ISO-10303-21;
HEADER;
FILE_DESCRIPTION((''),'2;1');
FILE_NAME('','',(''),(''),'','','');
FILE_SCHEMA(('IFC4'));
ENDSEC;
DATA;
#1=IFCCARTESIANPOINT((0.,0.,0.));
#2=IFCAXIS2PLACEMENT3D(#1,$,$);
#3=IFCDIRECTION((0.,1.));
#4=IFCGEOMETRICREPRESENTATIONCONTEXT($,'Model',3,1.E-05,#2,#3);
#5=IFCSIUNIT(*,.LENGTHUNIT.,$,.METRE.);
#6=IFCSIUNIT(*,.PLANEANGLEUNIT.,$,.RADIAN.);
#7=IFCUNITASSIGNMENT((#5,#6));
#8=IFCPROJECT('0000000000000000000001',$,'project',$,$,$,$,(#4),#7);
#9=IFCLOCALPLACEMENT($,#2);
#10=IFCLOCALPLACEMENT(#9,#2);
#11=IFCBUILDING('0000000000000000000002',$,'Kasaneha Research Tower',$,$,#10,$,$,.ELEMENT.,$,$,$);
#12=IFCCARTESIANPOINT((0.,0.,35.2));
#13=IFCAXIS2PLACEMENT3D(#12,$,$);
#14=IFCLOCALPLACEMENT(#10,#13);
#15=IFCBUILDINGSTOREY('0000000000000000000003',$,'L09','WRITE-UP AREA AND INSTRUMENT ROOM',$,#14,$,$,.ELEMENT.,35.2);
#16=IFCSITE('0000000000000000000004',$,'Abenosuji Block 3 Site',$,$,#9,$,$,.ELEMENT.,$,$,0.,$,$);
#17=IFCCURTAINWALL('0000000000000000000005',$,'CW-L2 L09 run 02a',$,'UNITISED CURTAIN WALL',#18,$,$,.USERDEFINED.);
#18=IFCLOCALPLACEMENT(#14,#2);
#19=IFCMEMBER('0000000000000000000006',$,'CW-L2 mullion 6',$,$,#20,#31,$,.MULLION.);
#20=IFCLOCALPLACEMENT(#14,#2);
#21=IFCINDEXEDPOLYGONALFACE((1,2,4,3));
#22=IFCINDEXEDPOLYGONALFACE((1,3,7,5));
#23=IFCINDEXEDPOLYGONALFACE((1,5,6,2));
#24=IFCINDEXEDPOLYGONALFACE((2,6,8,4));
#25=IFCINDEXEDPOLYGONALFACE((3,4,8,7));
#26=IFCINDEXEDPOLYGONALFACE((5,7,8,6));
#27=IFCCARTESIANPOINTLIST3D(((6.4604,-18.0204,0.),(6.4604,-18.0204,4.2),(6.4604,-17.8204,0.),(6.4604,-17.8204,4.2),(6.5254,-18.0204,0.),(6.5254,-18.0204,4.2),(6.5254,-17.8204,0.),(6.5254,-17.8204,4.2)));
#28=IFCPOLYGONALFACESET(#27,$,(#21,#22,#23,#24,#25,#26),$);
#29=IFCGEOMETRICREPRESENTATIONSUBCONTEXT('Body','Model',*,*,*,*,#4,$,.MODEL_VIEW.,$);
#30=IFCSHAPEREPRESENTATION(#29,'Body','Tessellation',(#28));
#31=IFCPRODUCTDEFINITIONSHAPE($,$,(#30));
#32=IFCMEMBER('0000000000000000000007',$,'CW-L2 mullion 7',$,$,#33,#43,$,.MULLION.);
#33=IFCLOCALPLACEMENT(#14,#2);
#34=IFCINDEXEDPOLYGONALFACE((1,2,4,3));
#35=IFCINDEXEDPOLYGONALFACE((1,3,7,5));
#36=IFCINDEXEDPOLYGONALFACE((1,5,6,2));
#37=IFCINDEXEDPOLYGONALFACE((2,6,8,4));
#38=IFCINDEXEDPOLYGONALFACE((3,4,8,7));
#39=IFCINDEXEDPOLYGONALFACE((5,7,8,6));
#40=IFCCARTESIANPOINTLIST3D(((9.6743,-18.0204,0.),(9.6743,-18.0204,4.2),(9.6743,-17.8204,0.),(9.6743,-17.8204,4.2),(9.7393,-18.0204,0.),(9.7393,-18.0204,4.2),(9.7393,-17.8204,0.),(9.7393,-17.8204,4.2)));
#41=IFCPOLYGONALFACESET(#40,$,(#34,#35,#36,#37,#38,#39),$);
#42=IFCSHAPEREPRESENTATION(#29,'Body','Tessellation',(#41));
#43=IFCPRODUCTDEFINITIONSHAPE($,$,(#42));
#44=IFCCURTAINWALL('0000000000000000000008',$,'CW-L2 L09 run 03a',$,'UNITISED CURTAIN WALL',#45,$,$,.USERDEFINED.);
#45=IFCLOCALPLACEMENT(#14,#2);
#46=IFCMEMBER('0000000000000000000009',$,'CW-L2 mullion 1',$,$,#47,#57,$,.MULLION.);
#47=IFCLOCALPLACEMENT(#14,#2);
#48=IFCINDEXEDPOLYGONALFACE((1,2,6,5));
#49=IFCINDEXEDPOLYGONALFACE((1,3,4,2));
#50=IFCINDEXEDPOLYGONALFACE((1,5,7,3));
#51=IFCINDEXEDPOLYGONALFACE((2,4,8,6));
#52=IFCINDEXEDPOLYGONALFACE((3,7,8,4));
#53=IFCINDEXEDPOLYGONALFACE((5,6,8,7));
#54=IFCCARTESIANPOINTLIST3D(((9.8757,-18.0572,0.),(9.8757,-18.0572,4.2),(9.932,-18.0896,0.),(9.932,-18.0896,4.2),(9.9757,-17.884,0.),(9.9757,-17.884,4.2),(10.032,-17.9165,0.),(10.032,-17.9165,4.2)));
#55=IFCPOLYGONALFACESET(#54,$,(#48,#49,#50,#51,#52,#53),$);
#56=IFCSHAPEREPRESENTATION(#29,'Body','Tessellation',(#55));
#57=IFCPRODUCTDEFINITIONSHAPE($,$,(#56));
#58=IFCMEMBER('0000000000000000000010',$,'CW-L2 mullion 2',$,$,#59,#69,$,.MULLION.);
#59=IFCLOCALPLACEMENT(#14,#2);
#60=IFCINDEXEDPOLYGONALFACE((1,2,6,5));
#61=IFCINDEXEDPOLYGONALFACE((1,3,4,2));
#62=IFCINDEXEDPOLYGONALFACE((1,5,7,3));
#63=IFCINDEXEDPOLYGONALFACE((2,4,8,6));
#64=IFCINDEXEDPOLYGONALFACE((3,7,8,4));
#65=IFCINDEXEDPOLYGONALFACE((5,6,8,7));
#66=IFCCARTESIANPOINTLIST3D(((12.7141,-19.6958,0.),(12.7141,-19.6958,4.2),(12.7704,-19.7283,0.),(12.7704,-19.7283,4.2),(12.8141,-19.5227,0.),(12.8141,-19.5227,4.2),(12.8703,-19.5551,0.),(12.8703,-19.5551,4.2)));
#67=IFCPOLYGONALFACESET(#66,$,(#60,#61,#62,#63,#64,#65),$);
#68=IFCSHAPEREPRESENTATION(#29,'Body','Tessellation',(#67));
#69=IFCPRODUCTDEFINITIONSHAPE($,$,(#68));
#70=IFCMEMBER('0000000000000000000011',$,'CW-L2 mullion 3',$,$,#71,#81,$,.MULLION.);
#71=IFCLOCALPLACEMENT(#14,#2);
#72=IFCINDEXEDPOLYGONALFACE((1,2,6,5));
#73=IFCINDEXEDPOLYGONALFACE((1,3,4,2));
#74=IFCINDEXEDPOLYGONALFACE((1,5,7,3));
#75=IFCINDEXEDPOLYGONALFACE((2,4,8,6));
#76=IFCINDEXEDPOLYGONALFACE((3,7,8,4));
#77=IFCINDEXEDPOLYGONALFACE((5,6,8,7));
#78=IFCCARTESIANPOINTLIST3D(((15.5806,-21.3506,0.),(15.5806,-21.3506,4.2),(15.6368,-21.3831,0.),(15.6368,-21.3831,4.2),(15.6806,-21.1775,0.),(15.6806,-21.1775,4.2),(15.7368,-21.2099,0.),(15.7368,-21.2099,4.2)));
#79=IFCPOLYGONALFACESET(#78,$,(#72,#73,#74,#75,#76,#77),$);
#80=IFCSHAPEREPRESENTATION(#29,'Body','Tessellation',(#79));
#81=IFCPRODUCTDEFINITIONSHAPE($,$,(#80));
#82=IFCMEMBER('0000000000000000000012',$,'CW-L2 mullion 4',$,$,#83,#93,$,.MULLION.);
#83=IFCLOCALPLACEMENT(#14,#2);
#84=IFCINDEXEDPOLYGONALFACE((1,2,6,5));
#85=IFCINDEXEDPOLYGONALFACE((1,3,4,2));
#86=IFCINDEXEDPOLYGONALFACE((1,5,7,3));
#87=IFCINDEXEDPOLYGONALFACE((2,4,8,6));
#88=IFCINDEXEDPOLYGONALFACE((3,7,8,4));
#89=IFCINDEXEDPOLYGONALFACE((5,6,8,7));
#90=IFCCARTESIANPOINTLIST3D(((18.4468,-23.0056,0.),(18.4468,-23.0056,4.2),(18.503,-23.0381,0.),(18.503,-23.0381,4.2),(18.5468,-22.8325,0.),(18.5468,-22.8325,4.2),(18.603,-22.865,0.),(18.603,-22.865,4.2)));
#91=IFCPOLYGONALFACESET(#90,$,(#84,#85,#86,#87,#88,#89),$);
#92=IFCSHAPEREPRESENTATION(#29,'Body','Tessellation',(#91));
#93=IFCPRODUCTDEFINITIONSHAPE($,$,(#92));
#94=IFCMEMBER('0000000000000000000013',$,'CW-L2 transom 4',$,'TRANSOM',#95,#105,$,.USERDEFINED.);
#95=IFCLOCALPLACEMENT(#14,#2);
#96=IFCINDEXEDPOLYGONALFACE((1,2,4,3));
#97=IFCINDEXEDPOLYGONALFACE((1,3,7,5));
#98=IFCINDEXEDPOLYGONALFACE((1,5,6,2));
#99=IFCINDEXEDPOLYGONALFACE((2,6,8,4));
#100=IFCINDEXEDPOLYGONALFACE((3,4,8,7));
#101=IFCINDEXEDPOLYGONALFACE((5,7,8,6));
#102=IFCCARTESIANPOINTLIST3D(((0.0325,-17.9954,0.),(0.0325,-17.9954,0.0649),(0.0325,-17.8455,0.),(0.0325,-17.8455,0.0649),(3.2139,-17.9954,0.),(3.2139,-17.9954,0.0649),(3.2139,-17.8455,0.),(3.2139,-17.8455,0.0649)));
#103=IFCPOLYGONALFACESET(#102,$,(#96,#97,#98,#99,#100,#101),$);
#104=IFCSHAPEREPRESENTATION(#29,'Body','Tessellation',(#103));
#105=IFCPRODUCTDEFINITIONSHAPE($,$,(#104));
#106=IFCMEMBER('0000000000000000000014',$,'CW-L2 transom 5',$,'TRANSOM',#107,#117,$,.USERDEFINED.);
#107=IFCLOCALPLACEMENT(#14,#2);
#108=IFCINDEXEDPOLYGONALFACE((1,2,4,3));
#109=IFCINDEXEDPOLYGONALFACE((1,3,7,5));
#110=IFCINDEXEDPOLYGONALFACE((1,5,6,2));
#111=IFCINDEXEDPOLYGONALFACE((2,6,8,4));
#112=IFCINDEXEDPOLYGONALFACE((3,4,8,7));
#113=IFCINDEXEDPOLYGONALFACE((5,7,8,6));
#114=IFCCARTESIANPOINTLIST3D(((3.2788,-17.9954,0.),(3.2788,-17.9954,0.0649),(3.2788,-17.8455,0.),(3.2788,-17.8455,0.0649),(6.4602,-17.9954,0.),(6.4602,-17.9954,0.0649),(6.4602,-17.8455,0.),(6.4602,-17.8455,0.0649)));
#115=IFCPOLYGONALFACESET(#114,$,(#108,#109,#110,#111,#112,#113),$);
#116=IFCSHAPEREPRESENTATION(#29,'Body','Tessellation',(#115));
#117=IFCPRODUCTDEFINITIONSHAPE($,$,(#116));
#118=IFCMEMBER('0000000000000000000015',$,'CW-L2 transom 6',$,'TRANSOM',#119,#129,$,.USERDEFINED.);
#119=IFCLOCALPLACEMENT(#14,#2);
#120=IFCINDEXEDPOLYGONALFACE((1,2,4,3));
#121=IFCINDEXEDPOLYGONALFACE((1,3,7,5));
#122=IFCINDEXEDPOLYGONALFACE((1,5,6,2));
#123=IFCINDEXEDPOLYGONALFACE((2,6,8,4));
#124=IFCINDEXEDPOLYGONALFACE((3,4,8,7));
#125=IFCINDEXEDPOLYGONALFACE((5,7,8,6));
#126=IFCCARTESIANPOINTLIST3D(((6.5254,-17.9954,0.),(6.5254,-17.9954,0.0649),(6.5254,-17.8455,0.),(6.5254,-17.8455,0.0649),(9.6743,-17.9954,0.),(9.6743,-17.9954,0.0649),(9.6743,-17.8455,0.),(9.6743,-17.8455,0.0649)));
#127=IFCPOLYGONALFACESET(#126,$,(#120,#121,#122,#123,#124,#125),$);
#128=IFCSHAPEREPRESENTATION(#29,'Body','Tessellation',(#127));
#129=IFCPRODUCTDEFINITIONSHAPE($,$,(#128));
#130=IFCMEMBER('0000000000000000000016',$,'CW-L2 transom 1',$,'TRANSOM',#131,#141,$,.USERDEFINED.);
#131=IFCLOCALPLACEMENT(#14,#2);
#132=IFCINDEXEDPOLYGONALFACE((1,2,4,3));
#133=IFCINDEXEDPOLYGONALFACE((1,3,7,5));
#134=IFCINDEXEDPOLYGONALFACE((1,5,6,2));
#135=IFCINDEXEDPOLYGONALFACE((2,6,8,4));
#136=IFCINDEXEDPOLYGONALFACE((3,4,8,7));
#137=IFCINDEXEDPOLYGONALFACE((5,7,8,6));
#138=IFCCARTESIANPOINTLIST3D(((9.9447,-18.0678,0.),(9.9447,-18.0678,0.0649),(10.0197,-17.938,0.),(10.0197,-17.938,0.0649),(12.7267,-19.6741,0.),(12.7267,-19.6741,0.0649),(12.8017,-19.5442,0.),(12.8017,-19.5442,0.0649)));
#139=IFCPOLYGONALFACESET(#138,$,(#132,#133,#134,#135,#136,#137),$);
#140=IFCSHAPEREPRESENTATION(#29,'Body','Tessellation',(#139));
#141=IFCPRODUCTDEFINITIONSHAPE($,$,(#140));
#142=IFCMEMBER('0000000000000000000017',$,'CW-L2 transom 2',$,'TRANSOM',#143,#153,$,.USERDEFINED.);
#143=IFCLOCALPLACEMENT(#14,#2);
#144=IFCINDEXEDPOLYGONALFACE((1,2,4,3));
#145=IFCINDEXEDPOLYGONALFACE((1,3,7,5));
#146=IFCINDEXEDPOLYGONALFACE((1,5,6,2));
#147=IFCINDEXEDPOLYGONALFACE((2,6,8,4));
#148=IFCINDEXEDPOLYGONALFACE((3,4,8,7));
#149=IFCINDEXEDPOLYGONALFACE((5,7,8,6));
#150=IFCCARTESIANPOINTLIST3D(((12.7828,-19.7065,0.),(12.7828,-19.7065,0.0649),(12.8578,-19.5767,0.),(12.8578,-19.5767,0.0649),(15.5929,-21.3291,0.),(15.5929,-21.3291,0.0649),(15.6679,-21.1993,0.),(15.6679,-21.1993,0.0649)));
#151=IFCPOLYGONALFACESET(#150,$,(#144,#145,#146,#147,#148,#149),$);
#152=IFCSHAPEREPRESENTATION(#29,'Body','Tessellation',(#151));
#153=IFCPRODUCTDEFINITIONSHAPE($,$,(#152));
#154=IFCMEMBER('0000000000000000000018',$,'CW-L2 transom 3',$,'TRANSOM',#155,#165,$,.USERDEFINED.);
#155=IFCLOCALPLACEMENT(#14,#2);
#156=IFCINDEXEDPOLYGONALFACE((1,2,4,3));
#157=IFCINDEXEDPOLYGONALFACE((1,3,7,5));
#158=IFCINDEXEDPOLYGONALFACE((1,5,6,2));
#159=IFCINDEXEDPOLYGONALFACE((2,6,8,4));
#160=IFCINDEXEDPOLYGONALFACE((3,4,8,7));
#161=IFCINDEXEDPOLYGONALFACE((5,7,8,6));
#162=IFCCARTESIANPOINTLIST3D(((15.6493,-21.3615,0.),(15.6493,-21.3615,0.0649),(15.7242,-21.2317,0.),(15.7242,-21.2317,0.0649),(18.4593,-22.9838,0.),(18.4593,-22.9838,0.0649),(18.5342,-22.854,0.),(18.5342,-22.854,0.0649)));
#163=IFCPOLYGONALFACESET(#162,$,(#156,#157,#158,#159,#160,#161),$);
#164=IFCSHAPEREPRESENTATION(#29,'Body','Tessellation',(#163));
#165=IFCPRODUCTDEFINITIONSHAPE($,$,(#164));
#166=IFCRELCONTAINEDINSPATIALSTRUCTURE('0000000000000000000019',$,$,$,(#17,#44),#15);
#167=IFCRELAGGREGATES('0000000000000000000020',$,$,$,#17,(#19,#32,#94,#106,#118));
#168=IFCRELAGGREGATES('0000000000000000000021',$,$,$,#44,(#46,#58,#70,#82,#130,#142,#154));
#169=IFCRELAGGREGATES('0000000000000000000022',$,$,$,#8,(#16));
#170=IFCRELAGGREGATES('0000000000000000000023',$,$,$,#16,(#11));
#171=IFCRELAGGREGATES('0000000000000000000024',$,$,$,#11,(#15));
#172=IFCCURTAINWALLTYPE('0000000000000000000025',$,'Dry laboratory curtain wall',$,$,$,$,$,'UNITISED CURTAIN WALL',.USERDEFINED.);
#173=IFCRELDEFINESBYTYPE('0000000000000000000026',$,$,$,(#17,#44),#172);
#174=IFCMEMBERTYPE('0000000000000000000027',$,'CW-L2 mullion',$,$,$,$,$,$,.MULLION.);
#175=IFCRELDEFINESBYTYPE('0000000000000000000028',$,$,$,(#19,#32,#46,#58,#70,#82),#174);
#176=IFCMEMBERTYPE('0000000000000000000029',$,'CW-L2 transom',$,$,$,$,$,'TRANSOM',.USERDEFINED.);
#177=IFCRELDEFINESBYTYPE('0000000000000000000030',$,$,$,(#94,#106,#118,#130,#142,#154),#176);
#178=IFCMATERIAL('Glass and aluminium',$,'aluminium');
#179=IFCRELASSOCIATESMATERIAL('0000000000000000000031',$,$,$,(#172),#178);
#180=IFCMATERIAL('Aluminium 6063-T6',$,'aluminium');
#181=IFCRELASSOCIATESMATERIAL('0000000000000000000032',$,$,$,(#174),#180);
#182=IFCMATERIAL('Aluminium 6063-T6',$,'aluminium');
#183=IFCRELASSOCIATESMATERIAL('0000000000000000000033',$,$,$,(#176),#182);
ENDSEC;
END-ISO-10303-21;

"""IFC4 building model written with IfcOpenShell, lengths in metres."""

from ifc_helpers import new_model, si_unit, direction, frame, origin, origin_2d, place, context, subcontext, project, spatial, rectangle, extrude, material, material_profile, profile_set, type_object, element, aggregate, save


model = new_model("IFC4")

# Units and contexts
model_context = context("Model", 3, precision=1e-05, world=origin(), true_north=direction((0.0, 1.0)))
body_context = subcontext(model_context, "Body", "Model", "MODEL_VIEW")
ifc_project = project(units=[si_unit("LENGTHUNIT", "METRE"), si_unit("PLANEANGLEUNIT", "RADIAN")], contexts=[model_context])

# Site, building, storey
site_placement = place(None, origin())
site = spatial("IfcSite", under=ifc_project, at=site_placement, Name="Abenosuji Block 3 Site", CompositionType="ELEMENT", RefElevation=0.0)
building_placement = place(site_placement, origin())
building = spatial("IfcBuilding", under=site, at=building_placement, Name="Kasaneha Research Tower", CompositionType="ELEMENT")
storey_placement = place(building_placement, frame((0.0, 0.0, 35.2)))
storey = spatial("IfcBuildingStorey", under=building, at=storey_placement, Name="L09", Description="WRITE-UP AREA AND INSTRUMENT ROOM", CompositionType="ELEMENT", Elevation=35.2)

# Curtain walls, members
ifc_material_1 = material(Name="Glass and aluminium", Category="aluminium")
curtain_wall_type = type_object("IfcCurtainWallType", Name="Dry laboratory curtain wall", ElementType="UNITISED CURTAIN WALL", PredefinedType="USERDEFINED", material=ifc_material_1)
curtain_wall_1_placement = place(storey_placement, origin())
curtain_wall_1 = element("IfcCurtainWall", 1, at=curtain_wall_1_placement, inside=storey, type_object=curtain_wall_type, Name="CW-L2 L09 run 02a", ObjectType="UNITISED CURTAIN WALL", PredefinedType="USERDEFINED")
ifc_material_2 = material(Name="Aluminium 6063-T6", Category="aluminium")
ifc_material_profile_1 = material_profile(ifc_material_2, rectangle(XDim=0.0649, YDim=0.2, at=origin_2d()), Name="CW-L2 mullion 65x200")
ifc_profile_set_1 = profile_set([ifc_material_profile_1], Name="Aluminium 6063-T6")
member_type_1 = type_object("IfcMemberType", Name="CW-L2 mullion", PredefinedType="MULLION", material=ifc_profile_set_1)
member_1_placement = place(storey_placement, frame((6.4929, -17.9204, 0.0), z_axis=(0.0, 0.0, 1.0), x_axis=(1.0, 0.0, 0.0)))
member_1 = element("IfcMember", 2, at=member_1_placement, type_object=member_type_1, Name="CW-L2 mullion 6", PredefinedType="MULLION", context=body_context, shape_type="SweptSolid", body=[
    extrude(rectangle(XDim=0.0649, YDim=0.2, at=origin_2d()), origin(), (0.0, 0.0, 1.0), 4.2),
])
member_2_placement = place(storey_placement, frame((9.7068, -17.9204, 0.0), z_axis=(0.0, 0.0, 1.0), x_axis=(1.0, 0.0, 0.0)))
member_2 = element("IfcMember", 3, at=member_2_placement, type_object=member_type_1, Name="CW-L2 mullion 7", PredefinedType="MULLION", context=body_context, shape_type="SweptSolid", body=[
    extrude(rectangle(XDim=0.0649, YDim=0.2, at=origin_2d()), origin(), (0.0, 0.0, 1.0), 4.2),
])
curtain_wall_2_placement = place(storey_placement, origin())
curtain_wall_2 = element("IfcCurtainWall", 4, at=curtain_wall_2_placement, inside=storey, type_object=curtain_wall_type, Name="CW-L2 L09 run 03a", ObjectType="UNITISED CURTAIN WALL", PredefinedType="USERDEFINED")
member_3_placement = place(storey_placement, frame((9.9539, -17.9868, 0.0), z_axis=(0.0, 0.0, 1.0), x_axis=(0.866025, -0.5, 0.0)))
member_3 = element("IfcMember", 5, at=member_3_placement, type_object=member_type_1, Name="CW-L2 mullion 1", PredefinedType="MULLION", context=body_context, shape_type="SweptSolid", body=[
    extrude(rectangle(XDim=0.0649, YDim=0.2, at=origin_2d()), origin(), (0.0, 0.0, 1.0), 4.2),
])
member_4_placement = place(storey_placement, frame((12.7922, -19.6255, 0.0), z_axis=(0.0, 0.0, 1.0), x_axis=(0.866025, -0.5, 0.0)))
member_4 = element("IfcMember", 6, at=member_4_placement, type_object=member_type_1, Name="CW-L2 mullion 2", PredefinedType="MULLION", context=body_context, shape_type="SweptSolid", body=[
    extrude(rectangle(XDim=0.0649, YDim=0.2, at=origin_2d()), origin(), (0.0, 0.0, 1.0), 4.2),
])
member_5_placement = place(storey_placement, frame((15.6587, -21.2803, 0.0), z_axis=(0.0, 0.0, 1.0), x_axis=(0.866025, -0.5, 0.0)))
member_5 = element("IfcMember", 7, at=member_5_placement, type_object=member_type_1, Name="CW-L2 mullion 3", PredefinedType="MULLION", context=body_context, shape_type="SweptSolid", body=[
    extrude(rectangle(XDim=0.0649, YDim=0.2, at=origin_2d()), origin(), (0.0, 0.0, 1.0), 4.2),
])
member_6_placement = place(storey_placement, frame((18.5249, -22.9353, 0.0), z_axis=(0.0, 0.0, 1.0), x_axis=(0.866025, -0.5, 0.0)))
member_6 = element("IfcMember", 8, at=member_6_placement, type_object=member_type_1, Name="CW-L2 mullion 4", PredefinedType="MULLION", context=body_context, shape_type="SweptSolid", body=[
    extrude(rectangle(XDim=0.0649, YDim=0.2, at=origin_2d()), origin(), (0.0, 0.0, 1.0), 4.2),
])

# Members
ifc_material_3 = material(Name="Aluminium 6063-T6", Category="aluminium")
ifc_material_profile_2 = material_profile(ifc_material_3, rectangle(XDim=0.1499, YDim=0.0649, at=origin_2d()), Name="CW-L2 transom 150x65")
ifc_profile_set_2 = profile_set([ifc_material_profile_2], Name="Aluminium 6063-T6")
member_type_2 = type_object("IfcMemberType", Name="CW-L2 transom", ElementType="TRANSOM", PredefinedType="USERDEFINED", material=ifc_profile_set_2)
member_7_placement = place(storey_placement, frame((0.0325, -17.9204, 0.0325), z_axis=(1.0, 0.0, 0.0), x_axis=(0.0, 1.0, 0.0)))
member_7 = element("IfcMember", 9, at=member_7_placement, type_object=member_type_2, Name="CW-L2 transom 4", ObjectType="TRANSOM", PredefinedType="USERDEFINED", context=body_context, shape_type="SweptSolid", body=[
    extrude(rectangle(XDim=0.1499, YDim=0.0649, at=origin_2d()), origin(), (0.0, 0.0, 1.0), 3.1814),
])
member_8_placement = place(storey_placement, frame((3.2788, -17.9204, 0.0325), z_axis=(1.0, 0.0, 0.0), x_axis=(0.0, 1.0, 0.0)))
member_8 = element("IfcMember", 10, at=member_8_placement, type_object=member_type_2, Name="CW-L2 transom 5", ObjectType="TRANSOM", PredefinedType="USERDEFINED", context=body_context, shape_type="SweptSolid", body=[
    extrude(rectangle(XDim=0.1499, YDim=0.0649, at=origin_2d()), origin(), (0.0, 0.0, 1.0), 3.1814),
])
member_9_placement = place(storey_placement, frame((6.5254, -17.9204, 0.0325), z_axis=(1.0, 0.0, 0.0), x_axis=(0.0, 1.0, 0.0)))
member_9 = element("IfcMember", 11, at=member_9_placement, type_object=member_type_2, Name="CW-L2 transom 6", ObjectType="TRANSOM", PredefinedType="USERDEFINED", context=body_context, shape_type="SweptSolid", body=[
    extrude(rectangle(XDim=0.1499, YDim=0.0649, at=origin_2d()), origin(), (0.0, 0.0, 1.0), 3.1489),
])
member_10_placement = place(storey_placement, frame((9.9822, -18.0029, 0.0325), z_axis=(0.866022, -0.500005, 0.0), x_axis=(0.500005, 0.866022, 0.0)))
member_10 = element("IfcMember", 12, at=member_10_placement, type_object=member_type_2, Name="CW-L2 transom 1", ObjectType="TRANSOM", PredefinedType="USERDEFINED", context=body_context, shape_type="SweptSolid", body=[
    extrude(rectangle(XDim=0.1499, YDim=0.0649, at=origin_2d()), origin(), (0.0, 0.0, 1.0), 3.2124),
])
member_11_placement = place(storey_placement, frame((12.8203, -19.6416, 0.0325), z_axis=(0.866003, -0.500039, 0.0), x_axis=(0.500039, 0.866003, 0.0)))
member_11 = element("IfcMember", 13, at=member_11_placement, type_object=member_type_2, Name="CW-L2 transom 2", ObjectType="TRANSOM", PredefinedType="USERDEFINED", context=body_context, shape_type="SweptSolid", body=[
    extrude(rectangle(XDim=0.1499, YDim=0.0649, at=origin_2d()), origin(), (0.0, 0.0, 1.0), 3.2449),
])
member_12_placement = place(storey_placement, frame((15.6868, -21.2966, 0.0325), z_axis=(0.866035, -0.499983, 0.0), x_axis=(0.499983, 0.866035, 0.0)))
member_12 = element("IfcMember", 14, at=member_12_placement, type_object=member_type_2, Name="CW-L2 transom 3", ObjectType="TRANSOM", PredefinedType="USERDEFINED", context=body_context, shape_type="SweptSolid", body=[
    extrude(rectangle(XDim=0.1499, YDim=0.0649, at=origin_2d()), origin(), (0.0, 0.0, 1.0), 3.2446),
])

aggregate(curtain_wall_1, [member_1, member_2, member_7, member_8, member_9])
aggregate(curtain_wall_2, [member_3, member_4, member_5, member_6, member_10, member_11, member_12])

save(model, "model.ifc")
